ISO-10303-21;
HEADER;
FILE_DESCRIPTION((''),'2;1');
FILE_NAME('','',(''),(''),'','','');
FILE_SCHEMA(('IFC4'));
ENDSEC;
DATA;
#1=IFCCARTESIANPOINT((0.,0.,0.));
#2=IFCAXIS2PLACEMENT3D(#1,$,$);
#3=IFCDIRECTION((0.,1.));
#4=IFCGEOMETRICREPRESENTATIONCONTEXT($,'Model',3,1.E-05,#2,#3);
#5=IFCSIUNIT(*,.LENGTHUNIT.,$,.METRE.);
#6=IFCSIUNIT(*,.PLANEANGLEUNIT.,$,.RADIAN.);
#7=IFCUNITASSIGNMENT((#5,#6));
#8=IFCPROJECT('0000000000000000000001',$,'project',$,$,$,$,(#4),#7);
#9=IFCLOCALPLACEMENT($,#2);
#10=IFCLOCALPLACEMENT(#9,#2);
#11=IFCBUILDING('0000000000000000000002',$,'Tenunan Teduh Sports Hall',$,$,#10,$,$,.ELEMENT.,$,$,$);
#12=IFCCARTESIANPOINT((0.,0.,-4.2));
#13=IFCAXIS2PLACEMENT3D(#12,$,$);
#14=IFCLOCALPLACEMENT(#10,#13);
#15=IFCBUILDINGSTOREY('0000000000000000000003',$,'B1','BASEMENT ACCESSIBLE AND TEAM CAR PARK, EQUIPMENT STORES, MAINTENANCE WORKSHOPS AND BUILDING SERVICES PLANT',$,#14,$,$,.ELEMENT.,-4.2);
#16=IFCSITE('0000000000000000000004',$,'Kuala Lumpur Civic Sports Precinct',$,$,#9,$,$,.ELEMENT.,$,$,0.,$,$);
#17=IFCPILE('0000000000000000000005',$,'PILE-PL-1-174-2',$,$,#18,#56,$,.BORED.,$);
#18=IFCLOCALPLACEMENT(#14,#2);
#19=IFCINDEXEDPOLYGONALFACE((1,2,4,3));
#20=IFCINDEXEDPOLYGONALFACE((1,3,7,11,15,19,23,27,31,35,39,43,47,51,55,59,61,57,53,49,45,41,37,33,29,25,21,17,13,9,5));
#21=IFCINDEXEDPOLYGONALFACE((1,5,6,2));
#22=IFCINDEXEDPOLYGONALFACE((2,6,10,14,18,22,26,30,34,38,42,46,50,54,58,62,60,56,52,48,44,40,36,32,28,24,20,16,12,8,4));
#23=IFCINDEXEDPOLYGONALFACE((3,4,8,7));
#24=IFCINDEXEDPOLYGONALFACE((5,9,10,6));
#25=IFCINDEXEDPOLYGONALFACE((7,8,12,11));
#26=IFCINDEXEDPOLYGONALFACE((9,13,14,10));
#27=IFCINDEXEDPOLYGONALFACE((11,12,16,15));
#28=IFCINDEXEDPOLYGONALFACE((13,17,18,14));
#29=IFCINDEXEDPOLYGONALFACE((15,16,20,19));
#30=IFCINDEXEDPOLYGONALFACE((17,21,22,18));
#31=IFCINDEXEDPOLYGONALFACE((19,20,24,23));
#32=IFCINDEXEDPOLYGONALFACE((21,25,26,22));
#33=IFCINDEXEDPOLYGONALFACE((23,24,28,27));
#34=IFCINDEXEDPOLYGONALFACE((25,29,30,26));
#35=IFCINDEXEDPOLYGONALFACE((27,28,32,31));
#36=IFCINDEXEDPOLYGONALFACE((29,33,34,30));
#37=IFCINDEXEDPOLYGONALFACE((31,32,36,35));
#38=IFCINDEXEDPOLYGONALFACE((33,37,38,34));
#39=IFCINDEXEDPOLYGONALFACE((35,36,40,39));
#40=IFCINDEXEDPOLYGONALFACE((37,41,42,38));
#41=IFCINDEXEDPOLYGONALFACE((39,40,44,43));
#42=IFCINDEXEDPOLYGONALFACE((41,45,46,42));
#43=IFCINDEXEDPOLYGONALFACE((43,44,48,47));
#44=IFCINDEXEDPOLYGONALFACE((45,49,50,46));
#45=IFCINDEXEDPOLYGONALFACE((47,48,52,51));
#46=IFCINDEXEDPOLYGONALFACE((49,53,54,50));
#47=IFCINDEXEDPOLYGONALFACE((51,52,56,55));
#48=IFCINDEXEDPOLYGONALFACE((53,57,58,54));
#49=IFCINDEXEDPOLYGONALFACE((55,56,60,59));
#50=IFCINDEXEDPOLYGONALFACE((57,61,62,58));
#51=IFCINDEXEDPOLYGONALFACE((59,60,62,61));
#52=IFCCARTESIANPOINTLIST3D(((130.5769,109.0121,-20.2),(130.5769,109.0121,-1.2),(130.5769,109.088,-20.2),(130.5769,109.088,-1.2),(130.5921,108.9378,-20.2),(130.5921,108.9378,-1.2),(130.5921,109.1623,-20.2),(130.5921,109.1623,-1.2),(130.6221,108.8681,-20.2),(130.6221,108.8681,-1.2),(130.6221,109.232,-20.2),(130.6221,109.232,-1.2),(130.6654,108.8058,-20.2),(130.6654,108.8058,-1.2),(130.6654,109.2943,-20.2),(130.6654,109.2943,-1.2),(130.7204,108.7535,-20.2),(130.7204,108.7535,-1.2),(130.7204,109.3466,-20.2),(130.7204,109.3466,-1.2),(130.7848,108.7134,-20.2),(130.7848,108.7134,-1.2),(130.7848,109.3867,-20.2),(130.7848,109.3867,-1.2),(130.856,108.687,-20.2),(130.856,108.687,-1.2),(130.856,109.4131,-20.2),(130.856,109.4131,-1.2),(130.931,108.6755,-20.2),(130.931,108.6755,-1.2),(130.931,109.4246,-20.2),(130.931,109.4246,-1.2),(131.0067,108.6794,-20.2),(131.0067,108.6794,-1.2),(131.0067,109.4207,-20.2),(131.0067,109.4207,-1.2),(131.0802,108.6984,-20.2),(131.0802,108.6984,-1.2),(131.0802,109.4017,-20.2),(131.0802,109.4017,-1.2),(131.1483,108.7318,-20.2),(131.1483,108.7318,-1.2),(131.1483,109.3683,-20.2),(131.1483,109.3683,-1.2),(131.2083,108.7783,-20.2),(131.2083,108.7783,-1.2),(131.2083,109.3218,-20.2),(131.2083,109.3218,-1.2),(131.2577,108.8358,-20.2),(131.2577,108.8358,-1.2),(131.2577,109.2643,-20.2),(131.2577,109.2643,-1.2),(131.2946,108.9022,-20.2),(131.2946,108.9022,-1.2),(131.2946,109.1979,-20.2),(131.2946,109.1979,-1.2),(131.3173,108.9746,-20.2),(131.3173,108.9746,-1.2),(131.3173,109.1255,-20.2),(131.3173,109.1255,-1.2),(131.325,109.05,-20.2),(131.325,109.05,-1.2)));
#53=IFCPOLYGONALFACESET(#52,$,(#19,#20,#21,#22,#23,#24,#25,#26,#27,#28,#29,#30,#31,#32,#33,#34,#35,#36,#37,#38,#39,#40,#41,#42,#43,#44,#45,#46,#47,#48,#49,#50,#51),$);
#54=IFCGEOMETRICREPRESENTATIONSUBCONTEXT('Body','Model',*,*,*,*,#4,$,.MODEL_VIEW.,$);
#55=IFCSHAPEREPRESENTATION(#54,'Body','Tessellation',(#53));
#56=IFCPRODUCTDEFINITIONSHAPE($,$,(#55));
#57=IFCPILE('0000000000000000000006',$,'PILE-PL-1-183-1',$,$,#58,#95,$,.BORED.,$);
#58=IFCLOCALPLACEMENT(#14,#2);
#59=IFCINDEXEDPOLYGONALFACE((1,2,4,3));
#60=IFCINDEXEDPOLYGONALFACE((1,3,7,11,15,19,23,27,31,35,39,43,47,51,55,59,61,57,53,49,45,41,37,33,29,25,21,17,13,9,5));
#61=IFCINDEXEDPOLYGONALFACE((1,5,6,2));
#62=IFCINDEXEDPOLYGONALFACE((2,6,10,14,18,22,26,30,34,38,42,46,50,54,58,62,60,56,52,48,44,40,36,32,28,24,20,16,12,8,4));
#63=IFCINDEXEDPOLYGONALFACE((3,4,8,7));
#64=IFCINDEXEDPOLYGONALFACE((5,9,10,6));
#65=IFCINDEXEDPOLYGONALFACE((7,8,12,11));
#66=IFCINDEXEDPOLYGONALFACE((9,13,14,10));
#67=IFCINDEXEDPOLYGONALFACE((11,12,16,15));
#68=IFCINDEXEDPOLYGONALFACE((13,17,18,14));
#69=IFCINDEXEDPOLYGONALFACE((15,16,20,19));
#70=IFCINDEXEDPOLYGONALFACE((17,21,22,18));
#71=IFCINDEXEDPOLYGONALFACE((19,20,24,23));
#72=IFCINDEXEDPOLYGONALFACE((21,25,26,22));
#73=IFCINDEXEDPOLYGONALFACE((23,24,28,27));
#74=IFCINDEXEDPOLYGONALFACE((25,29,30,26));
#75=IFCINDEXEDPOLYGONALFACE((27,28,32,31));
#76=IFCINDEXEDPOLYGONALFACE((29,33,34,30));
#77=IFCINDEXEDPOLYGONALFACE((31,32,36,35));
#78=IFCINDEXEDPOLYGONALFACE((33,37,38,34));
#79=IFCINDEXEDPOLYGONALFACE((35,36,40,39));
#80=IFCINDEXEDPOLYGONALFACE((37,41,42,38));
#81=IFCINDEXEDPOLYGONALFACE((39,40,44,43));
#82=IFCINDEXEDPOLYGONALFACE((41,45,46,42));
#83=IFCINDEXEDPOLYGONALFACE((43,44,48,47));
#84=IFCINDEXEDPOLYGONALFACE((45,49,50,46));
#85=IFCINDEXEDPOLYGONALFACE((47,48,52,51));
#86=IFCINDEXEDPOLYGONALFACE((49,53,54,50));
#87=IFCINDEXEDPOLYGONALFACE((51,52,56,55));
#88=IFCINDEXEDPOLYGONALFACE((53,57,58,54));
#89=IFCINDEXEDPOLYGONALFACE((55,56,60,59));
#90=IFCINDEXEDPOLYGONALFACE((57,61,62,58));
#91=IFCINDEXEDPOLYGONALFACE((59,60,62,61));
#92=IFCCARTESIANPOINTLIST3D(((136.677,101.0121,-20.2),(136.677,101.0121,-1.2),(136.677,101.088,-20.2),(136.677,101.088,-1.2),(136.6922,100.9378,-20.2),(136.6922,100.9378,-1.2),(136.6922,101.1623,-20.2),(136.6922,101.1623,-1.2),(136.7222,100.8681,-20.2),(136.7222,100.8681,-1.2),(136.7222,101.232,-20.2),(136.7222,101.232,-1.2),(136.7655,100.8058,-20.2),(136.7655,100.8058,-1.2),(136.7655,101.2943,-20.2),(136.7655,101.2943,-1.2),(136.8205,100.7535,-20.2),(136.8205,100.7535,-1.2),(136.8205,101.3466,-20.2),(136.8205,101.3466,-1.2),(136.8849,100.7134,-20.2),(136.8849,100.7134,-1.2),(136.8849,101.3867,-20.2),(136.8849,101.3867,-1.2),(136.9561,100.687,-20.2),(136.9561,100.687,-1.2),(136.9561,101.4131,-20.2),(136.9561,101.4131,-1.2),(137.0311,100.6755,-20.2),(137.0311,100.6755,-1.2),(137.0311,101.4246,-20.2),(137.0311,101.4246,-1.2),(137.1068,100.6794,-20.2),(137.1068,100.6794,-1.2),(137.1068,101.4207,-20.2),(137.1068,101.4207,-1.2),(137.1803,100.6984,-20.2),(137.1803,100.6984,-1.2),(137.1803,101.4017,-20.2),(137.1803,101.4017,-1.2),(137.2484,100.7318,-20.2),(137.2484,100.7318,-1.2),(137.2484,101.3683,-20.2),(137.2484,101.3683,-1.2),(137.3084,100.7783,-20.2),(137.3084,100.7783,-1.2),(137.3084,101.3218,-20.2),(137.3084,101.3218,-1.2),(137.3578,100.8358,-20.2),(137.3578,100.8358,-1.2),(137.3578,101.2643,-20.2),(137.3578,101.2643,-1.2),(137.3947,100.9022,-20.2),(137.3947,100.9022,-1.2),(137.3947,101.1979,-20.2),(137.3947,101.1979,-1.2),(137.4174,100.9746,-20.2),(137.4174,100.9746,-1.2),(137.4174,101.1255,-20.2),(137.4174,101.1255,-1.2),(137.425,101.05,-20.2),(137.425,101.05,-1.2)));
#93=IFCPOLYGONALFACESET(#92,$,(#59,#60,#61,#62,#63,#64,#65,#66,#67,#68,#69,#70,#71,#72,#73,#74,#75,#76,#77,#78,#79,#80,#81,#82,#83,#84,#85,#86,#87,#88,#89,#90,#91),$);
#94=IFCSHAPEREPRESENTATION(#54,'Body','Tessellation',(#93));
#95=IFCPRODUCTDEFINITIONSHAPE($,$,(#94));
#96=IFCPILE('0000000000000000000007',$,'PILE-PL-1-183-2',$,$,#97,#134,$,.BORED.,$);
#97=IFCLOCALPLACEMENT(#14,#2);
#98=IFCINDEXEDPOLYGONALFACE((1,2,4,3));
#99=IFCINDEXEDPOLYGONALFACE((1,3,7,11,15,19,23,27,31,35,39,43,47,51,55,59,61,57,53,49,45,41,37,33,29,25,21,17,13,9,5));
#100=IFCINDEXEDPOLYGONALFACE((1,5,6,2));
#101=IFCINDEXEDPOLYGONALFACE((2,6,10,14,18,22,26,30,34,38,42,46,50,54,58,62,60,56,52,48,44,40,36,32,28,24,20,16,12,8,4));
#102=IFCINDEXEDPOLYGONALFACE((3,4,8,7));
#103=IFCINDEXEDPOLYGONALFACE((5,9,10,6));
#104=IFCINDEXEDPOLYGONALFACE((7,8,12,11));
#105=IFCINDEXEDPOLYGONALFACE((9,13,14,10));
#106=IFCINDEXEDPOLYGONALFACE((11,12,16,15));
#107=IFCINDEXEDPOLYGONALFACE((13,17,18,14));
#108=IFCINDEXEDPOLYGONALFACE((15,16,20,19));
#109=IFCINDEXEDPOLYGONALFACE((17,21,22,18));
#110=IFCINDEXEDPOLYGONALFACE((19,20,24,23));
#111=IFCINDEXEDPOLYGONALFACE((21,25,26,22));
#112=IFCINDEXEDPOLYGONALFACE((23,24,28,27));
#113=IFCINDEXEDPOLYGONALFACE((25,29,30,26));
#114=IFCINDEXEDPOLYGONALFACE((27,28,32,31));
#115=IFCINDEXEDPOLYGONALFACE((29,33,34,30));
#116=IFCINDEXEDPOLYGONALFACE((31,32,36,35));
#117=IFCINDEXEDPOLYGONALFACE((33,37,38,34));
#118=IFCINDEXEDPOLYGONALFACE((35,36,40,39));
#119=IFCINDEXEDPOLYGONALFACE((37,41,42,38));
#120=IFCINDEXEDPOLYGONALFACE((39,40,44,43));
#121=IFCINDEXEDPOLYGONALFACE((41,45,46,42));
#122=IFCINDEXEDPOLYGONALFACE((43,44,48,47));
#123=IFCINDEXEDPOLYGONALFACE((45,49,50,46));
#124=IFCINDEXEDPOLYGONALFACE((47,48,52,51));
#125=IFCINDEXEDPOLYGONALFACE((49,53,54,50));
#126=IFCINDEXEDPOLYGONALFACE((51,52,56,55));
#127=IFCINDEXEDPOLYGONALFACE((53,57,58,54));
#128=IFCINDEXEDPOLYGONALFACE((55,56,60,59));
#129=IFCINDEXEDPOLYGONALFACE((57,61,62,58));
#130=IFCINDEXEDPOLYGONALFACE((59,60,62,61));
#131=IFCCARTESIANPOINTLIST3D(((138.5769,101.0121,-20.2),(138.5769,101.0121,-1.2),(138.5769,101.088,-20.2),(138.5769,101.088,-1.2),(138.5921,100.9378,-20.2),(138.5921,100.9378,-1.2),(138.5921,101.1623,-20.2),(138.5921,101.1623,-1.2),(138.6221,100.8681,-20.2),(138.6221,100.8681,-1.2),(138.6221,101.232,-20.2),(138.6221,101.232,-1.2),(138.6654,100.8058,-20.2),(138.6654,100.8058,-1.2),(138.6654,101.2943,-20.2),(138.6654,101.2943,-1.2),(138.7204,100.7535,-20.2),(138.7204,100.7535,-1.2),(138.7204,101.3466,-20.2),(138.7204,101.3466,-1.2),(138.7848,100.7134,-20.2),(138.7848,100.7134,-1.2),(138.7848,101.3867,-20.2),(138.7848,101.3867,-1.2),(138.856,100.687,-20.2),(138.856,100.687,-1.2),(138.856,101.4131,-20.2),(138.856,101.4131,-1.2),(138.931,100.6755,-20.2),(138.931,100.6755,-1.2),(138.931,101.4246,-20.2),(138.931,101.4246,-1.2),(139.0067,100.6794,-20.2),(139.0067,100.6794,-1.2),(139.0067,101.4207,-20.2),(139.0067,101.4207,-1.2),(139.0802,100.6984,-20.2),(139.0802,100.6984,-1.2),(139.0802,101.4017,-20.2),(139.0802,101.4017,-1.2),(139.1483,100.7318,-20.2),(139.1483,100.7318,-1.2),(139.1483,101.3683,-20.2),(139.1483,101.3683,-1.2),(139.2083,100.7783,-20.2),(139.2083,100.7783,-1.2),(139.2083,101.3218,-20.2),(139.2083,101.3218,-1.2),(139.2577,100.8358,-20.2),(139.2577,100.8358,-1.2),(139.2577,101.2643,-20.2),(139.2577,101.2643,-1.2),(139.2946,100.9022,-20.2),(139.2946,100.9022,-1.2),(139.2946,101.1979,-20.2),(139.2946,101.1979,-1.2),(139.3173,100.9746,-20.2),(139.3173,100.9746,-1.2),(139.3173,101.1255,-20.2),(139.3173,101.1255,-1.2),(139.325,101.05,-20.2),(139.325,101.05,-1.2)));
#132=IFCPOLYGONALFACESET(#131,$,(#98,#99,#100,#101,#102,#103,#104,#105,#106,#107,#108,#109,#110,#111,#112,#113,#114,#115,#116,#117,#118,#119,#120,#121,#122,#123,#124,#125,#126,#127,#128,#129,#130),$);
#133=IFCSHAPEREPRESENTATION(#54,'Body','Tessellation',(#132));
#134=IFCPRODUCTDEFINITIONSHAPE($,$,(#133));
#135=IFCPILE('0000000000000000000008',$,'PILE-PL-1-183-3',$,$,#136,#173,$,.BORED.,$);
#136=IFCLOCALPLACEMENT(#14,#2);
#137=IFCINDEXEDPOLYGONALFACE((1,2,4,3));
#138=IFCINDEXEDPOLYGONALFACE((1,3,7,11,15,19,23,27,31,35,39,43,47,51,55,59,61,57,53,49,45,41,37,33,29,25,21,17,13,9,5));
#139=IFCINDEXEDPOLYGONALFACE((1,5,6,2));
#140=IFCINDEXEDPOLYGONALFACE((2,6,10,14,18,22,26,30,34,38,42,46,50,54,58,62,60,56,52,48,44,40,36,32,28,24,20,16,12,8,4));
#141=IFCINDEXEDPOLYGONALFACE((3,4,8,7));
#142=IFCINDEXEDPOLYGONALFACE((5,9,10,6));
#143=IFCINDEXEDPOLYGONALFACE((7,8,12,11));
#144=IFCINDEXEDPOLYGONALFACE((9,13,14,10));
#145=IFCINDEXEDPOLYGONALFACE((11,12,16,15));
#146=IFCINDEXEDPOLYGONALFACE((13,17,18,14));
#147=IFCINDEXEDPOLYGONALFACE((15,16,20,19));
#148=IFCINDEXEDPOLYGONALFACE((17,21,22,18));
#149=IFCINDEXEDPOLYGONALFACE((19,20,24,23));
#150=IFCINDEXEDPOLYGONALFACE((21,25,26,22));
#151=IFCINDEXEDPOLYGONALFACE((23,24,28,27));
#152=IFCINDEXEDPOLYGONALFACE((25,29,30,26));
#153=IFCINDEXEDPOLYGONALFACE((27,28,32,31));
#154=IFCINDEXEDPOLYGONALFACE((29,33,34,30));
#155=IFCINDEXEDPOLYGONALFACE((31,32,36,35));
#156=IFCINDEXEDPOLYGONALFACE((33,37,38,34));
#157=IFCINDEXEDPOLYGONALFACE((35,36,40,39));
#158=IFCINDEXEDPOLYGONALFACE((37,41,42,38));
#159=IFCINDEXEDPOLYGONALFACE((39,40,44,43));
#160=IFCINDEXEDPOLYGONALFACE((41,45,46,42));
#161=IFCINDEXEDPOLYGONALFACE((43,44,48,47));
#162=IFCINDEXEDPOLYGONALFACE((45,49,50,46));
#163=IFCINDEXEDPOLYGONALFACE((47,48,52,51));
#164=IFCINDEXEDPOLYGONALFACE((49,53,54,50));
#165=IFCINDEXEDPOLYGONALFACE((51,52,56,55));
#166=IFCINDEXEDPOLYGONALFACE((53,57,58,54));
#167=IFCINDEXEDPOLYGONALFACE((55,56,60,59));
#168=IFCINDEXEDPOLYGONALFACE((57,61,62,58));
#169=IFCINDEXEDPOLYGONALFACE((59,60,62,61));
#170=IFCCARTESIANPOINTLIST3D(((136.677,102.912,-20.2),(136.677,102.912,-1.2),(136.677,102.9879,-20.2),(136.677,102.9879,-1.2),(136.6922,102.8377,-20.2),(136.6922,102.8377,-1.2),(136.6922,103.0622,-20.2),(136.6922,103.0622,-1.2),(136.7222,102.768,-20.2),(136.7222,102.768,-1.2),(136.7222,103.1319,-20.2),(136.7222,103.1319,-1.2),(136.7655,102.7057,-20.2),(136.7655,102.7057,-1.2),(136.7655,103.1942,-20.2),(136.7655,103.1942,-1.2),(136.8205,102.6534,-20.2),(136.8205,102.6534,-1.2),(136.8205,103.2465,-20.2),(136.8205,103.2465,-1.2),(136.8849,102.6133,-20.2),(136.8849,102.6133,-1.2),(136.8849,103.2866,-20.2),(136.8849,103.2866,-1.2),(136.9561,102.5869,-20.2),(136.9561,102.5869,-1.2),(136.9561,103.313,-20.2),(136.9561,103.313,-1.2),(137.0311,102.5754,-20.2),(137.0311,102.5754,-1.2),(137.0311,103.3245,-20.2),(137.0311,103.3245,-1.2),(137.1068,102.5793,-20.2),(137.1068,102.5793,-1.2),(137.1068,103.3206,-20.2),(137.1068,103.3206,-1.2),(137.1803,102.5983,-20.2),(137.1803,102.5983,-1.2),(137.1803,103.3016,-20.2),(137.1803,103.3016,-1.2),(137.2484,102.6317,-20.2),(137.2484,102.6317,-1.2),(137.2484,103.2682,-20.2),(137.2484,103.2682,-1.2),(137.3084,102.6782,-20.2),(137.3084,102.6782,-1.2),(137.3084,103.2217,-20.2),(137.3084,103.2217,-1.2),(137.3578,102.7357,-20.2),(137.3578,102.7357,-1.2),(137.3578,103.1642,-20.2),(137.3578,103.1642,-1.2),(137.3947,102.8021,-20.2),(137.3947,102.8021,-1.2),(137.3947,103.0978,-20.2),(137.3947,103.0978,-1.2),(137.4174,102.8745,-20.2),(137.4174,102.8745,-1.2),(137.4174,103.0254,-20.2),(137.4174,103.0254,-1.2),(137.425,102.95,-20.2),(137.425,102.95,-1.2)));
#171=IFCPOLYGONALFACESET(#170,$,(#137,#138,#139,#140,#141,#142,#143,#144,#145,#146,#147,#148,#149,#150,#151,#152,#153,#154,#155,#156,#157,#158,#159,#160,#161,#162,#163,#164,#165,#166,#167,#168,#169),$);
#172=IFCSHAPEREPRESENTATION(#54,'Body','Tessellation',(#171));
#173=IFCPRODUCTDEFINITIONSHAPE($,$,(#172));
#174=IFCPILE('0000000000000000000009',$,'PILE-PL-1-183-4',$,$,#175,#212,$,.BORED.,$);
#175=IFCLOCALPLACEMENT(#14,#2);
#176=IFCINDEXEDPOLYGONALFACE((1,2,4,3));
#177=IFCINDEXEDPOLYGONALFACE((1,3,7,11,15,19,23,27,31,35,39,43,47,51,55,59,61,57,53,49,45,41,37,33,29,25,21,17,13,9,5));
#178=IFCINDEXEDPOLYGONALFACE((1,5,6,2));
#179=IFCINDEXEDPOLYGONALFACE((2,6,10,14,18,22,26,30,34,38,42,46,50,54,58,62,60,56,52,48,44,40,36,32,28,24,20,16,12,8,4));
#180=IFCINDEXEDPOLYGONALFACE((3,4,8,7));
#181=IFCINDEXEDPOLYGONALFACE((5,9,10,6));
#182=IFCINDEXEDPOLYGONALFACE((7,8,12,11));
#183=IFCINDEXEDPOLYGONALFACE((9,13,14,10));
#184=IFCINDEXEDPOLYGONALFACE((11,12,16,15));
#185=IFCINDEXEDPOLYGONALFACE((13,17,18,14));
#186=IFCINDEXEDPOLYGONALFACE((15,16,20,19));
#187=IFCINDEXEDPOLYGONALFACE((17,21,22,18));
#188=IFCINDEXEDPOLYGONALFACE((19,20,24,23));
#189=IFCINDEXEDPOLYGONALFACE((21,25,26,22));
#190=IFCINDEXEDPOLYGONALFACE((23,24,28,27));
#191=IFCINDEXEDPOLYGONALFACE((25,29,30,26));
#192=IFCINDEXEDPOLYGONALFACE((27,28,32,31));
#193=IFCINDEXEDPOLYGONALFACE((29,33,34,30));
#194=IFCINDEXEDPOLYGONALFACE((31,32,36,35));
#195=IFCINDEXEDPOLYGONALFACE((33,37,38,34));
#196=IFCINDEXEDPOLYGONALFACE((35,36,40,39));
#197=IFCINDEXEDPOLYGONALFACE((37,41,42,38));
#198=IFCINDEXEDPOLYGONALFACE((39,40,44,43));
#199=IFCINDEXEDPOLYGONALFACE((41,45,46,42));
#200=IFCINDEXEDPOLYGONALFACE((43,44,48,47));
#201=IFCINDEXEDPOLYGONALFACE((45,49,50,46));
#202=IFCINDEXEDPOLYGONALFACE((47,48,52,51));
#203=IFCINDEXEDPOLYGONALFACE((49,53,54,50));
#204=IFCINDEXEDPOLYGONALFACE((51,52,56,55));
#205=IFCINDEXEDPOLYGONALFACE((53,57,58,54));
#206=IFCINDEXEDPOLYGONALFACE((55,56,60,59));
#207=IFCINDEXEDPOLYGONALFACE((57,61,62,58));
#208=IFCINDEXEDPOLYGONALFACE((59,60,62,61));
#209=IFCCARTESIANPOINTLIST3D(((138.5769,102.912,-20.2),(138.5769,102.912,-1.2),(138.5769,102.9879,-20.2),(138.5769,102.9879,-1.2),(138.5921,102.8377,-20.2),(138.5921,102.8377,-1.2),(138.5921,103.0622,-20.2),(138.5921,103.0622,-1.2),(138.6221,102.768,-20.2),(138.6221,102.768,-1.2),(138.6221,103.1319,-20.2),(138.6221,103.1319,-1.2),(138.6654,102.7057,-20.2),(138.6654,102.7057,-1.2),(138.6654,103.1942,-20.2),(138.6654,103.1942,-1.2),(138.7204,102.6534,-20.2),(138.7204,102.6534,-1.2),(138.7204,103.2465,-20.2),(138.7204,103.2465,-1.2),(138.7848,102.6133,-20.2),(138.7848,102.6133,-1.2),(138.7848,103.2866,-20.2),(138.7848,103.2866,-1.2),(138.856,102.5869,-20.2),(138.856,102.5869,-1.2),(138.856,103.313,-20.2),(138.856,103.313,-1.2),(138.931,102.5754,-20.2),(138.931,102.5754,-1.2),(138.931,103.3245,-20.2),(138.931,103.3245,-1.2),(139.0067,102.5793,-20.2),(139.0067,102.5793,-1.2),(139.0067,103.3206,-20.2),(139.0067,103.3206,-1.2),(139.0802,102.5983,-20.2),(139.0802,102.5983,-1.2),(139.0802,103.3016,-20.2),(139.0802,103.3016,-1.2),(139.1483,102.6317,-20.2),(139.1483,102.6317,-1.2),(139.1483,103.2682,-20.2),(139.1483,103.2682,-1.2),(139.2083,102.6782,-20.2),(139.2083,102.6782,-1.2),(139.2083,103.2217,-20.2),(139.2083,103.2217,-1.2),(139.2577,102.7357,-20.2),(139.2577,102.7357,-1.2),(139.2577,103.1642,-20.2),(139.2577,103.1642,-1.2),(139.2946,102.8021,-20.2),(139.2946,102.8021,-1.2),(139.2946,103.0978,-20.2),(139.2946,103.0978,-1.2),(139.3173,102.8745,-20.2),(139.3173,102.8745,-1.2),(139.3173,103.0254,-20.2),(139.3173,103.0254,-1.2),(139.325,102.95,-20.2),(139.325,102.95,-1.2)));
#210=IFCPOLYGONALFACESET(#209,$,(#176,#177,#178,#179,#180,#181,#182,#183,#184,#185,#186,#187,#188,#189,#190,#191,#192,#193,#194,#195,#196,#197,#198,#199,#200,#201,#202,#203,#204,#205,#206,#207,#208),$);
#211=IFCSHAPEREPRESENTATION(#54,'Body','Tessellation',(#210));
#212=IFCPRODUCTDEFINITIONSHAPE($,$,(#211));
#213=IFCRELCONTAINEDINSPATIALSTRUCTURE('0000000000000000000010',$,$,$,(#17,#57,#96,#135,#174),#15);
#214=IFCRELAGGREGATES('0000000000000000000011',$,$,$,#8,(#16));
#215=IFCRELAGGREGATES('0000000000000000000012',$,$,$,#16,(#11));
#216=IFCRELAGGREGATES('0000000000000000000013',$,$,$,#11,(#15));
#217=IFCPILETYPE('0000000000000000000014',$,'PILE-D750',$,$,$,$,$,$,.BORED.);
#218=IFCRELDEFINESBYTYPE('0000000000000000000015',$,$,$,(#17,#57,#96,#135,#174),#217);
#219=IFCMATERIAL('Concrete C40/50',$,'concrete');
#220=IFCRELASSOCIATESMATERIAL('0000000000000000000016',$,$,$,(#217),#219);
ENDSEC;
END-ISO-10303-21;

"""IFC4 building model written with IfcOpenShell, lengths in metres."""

from ifc_helpers import new_model, si_unit, direction, frame, origin, origin_2d, place, context, subcontext, project, spatial, circle, extrude, material, material_profile, profile_set, type_object, element, save


model = new_model("IFC4")

# Units and contexts
model_context = context("Model", 3, precision=1e-05, world=origin(), true_north=direction((0.0, 1.0)))
body_context = subcontext(model_context, "Body", "Model", "MODEL_VIEW")
ifc_project = project(units=[si_unit("LENGTHUNIT", "METRE"), si_unit("PLANEANGLEUNIT", "RADIAN")], contexts=[model_context])

# Site, building, storey
site_placement = place(None, origin())
site = spatial("IfcSite", under=ifc_project, at=site_placement, Name="Kuala Lumpur Civic Sports Precinct", CompositionType="ELEMENT", RefElevation=0.0)
building_placement = place(site_placement, origin())
building = spatial("IfcBuilding", under=site, at=building_placement, Name="Tenunan Teduh Sports Hall", CompositionType="ELEMENT")
storey_placement = place(building_placement, frame((0.0, 0.0, -4.2)))
storey = spatial("IfcBuildingStorey", under=building, at=storey_placement, Name="B1", Description="BASEMENT ACCESSIBLE AND TEAM CAR PARK, EQUIPMENT STORES, MAINTENANCE WORKSHOPS AND BUILDING SERVICES PLANT", CompositionType="ELEMENT", Elevation=-4.2)

# Piles
ifc_material_1 = material(Name="Concrete C40/50", Category="concrete")
ifc_material_profile_1 = material_profile(ifc_material_1, circle(Radius=0.375, at=origin_2d()), Name="PILE D750")
ifc_profile_set_1 = profile_set([ifc_material_profile_1], Name="Concrete C40/50")
pile_type = type_object("IfcPileType", Name="PILE-D750", PredefinedType="BORED", material=ifc_profile_set_1)
for number, where, z_axis, x_axis, name in (
    (1, (130.95, 109.05, -1.2), (0.0, 0.0, -1.0), (1.0, 0.0, 0.0), "PILE-PL-1-174-2"),
    (2, (137.05, 101.05, -1.2), (0.0, 0.0, -1.0), (1.0, 0.0, 0.0), "PILE-PL-1-183-1"),
    (3, (138.95, 101.05, -1.2), (0.0, 0.0, -1.0), (1.0, 0.0, 0.0), "PILE-PL-1-183-2"),
    (4, (137.05, 102.95, -1.2), (0.0, 0.0, -1.0), (1.0, 0.0, 0.0), "PILE-PL-1-183-3"),
    (5, (138.95, 102.95, -1.2), (0.0, 0.0, -1.0), (1.0, 0.0, 0.0), "PILE-PL-1-183-4"),
):
    element("IfcPile", number, at=place(storey_placement, frame(where, z_axis=z_axis, x_axis=x_axis)), inside=storey, type_object=pile_type, Name=name, PredefinedType="BORED", context=body_context, shape_type="SweptSolid", body=[
        extrude(circle(Radius=0.375, at=origin_2d()), origin(), (0.0, 0.0, 1.0), 19.0),
    ])

save(model, "model.ifc")
